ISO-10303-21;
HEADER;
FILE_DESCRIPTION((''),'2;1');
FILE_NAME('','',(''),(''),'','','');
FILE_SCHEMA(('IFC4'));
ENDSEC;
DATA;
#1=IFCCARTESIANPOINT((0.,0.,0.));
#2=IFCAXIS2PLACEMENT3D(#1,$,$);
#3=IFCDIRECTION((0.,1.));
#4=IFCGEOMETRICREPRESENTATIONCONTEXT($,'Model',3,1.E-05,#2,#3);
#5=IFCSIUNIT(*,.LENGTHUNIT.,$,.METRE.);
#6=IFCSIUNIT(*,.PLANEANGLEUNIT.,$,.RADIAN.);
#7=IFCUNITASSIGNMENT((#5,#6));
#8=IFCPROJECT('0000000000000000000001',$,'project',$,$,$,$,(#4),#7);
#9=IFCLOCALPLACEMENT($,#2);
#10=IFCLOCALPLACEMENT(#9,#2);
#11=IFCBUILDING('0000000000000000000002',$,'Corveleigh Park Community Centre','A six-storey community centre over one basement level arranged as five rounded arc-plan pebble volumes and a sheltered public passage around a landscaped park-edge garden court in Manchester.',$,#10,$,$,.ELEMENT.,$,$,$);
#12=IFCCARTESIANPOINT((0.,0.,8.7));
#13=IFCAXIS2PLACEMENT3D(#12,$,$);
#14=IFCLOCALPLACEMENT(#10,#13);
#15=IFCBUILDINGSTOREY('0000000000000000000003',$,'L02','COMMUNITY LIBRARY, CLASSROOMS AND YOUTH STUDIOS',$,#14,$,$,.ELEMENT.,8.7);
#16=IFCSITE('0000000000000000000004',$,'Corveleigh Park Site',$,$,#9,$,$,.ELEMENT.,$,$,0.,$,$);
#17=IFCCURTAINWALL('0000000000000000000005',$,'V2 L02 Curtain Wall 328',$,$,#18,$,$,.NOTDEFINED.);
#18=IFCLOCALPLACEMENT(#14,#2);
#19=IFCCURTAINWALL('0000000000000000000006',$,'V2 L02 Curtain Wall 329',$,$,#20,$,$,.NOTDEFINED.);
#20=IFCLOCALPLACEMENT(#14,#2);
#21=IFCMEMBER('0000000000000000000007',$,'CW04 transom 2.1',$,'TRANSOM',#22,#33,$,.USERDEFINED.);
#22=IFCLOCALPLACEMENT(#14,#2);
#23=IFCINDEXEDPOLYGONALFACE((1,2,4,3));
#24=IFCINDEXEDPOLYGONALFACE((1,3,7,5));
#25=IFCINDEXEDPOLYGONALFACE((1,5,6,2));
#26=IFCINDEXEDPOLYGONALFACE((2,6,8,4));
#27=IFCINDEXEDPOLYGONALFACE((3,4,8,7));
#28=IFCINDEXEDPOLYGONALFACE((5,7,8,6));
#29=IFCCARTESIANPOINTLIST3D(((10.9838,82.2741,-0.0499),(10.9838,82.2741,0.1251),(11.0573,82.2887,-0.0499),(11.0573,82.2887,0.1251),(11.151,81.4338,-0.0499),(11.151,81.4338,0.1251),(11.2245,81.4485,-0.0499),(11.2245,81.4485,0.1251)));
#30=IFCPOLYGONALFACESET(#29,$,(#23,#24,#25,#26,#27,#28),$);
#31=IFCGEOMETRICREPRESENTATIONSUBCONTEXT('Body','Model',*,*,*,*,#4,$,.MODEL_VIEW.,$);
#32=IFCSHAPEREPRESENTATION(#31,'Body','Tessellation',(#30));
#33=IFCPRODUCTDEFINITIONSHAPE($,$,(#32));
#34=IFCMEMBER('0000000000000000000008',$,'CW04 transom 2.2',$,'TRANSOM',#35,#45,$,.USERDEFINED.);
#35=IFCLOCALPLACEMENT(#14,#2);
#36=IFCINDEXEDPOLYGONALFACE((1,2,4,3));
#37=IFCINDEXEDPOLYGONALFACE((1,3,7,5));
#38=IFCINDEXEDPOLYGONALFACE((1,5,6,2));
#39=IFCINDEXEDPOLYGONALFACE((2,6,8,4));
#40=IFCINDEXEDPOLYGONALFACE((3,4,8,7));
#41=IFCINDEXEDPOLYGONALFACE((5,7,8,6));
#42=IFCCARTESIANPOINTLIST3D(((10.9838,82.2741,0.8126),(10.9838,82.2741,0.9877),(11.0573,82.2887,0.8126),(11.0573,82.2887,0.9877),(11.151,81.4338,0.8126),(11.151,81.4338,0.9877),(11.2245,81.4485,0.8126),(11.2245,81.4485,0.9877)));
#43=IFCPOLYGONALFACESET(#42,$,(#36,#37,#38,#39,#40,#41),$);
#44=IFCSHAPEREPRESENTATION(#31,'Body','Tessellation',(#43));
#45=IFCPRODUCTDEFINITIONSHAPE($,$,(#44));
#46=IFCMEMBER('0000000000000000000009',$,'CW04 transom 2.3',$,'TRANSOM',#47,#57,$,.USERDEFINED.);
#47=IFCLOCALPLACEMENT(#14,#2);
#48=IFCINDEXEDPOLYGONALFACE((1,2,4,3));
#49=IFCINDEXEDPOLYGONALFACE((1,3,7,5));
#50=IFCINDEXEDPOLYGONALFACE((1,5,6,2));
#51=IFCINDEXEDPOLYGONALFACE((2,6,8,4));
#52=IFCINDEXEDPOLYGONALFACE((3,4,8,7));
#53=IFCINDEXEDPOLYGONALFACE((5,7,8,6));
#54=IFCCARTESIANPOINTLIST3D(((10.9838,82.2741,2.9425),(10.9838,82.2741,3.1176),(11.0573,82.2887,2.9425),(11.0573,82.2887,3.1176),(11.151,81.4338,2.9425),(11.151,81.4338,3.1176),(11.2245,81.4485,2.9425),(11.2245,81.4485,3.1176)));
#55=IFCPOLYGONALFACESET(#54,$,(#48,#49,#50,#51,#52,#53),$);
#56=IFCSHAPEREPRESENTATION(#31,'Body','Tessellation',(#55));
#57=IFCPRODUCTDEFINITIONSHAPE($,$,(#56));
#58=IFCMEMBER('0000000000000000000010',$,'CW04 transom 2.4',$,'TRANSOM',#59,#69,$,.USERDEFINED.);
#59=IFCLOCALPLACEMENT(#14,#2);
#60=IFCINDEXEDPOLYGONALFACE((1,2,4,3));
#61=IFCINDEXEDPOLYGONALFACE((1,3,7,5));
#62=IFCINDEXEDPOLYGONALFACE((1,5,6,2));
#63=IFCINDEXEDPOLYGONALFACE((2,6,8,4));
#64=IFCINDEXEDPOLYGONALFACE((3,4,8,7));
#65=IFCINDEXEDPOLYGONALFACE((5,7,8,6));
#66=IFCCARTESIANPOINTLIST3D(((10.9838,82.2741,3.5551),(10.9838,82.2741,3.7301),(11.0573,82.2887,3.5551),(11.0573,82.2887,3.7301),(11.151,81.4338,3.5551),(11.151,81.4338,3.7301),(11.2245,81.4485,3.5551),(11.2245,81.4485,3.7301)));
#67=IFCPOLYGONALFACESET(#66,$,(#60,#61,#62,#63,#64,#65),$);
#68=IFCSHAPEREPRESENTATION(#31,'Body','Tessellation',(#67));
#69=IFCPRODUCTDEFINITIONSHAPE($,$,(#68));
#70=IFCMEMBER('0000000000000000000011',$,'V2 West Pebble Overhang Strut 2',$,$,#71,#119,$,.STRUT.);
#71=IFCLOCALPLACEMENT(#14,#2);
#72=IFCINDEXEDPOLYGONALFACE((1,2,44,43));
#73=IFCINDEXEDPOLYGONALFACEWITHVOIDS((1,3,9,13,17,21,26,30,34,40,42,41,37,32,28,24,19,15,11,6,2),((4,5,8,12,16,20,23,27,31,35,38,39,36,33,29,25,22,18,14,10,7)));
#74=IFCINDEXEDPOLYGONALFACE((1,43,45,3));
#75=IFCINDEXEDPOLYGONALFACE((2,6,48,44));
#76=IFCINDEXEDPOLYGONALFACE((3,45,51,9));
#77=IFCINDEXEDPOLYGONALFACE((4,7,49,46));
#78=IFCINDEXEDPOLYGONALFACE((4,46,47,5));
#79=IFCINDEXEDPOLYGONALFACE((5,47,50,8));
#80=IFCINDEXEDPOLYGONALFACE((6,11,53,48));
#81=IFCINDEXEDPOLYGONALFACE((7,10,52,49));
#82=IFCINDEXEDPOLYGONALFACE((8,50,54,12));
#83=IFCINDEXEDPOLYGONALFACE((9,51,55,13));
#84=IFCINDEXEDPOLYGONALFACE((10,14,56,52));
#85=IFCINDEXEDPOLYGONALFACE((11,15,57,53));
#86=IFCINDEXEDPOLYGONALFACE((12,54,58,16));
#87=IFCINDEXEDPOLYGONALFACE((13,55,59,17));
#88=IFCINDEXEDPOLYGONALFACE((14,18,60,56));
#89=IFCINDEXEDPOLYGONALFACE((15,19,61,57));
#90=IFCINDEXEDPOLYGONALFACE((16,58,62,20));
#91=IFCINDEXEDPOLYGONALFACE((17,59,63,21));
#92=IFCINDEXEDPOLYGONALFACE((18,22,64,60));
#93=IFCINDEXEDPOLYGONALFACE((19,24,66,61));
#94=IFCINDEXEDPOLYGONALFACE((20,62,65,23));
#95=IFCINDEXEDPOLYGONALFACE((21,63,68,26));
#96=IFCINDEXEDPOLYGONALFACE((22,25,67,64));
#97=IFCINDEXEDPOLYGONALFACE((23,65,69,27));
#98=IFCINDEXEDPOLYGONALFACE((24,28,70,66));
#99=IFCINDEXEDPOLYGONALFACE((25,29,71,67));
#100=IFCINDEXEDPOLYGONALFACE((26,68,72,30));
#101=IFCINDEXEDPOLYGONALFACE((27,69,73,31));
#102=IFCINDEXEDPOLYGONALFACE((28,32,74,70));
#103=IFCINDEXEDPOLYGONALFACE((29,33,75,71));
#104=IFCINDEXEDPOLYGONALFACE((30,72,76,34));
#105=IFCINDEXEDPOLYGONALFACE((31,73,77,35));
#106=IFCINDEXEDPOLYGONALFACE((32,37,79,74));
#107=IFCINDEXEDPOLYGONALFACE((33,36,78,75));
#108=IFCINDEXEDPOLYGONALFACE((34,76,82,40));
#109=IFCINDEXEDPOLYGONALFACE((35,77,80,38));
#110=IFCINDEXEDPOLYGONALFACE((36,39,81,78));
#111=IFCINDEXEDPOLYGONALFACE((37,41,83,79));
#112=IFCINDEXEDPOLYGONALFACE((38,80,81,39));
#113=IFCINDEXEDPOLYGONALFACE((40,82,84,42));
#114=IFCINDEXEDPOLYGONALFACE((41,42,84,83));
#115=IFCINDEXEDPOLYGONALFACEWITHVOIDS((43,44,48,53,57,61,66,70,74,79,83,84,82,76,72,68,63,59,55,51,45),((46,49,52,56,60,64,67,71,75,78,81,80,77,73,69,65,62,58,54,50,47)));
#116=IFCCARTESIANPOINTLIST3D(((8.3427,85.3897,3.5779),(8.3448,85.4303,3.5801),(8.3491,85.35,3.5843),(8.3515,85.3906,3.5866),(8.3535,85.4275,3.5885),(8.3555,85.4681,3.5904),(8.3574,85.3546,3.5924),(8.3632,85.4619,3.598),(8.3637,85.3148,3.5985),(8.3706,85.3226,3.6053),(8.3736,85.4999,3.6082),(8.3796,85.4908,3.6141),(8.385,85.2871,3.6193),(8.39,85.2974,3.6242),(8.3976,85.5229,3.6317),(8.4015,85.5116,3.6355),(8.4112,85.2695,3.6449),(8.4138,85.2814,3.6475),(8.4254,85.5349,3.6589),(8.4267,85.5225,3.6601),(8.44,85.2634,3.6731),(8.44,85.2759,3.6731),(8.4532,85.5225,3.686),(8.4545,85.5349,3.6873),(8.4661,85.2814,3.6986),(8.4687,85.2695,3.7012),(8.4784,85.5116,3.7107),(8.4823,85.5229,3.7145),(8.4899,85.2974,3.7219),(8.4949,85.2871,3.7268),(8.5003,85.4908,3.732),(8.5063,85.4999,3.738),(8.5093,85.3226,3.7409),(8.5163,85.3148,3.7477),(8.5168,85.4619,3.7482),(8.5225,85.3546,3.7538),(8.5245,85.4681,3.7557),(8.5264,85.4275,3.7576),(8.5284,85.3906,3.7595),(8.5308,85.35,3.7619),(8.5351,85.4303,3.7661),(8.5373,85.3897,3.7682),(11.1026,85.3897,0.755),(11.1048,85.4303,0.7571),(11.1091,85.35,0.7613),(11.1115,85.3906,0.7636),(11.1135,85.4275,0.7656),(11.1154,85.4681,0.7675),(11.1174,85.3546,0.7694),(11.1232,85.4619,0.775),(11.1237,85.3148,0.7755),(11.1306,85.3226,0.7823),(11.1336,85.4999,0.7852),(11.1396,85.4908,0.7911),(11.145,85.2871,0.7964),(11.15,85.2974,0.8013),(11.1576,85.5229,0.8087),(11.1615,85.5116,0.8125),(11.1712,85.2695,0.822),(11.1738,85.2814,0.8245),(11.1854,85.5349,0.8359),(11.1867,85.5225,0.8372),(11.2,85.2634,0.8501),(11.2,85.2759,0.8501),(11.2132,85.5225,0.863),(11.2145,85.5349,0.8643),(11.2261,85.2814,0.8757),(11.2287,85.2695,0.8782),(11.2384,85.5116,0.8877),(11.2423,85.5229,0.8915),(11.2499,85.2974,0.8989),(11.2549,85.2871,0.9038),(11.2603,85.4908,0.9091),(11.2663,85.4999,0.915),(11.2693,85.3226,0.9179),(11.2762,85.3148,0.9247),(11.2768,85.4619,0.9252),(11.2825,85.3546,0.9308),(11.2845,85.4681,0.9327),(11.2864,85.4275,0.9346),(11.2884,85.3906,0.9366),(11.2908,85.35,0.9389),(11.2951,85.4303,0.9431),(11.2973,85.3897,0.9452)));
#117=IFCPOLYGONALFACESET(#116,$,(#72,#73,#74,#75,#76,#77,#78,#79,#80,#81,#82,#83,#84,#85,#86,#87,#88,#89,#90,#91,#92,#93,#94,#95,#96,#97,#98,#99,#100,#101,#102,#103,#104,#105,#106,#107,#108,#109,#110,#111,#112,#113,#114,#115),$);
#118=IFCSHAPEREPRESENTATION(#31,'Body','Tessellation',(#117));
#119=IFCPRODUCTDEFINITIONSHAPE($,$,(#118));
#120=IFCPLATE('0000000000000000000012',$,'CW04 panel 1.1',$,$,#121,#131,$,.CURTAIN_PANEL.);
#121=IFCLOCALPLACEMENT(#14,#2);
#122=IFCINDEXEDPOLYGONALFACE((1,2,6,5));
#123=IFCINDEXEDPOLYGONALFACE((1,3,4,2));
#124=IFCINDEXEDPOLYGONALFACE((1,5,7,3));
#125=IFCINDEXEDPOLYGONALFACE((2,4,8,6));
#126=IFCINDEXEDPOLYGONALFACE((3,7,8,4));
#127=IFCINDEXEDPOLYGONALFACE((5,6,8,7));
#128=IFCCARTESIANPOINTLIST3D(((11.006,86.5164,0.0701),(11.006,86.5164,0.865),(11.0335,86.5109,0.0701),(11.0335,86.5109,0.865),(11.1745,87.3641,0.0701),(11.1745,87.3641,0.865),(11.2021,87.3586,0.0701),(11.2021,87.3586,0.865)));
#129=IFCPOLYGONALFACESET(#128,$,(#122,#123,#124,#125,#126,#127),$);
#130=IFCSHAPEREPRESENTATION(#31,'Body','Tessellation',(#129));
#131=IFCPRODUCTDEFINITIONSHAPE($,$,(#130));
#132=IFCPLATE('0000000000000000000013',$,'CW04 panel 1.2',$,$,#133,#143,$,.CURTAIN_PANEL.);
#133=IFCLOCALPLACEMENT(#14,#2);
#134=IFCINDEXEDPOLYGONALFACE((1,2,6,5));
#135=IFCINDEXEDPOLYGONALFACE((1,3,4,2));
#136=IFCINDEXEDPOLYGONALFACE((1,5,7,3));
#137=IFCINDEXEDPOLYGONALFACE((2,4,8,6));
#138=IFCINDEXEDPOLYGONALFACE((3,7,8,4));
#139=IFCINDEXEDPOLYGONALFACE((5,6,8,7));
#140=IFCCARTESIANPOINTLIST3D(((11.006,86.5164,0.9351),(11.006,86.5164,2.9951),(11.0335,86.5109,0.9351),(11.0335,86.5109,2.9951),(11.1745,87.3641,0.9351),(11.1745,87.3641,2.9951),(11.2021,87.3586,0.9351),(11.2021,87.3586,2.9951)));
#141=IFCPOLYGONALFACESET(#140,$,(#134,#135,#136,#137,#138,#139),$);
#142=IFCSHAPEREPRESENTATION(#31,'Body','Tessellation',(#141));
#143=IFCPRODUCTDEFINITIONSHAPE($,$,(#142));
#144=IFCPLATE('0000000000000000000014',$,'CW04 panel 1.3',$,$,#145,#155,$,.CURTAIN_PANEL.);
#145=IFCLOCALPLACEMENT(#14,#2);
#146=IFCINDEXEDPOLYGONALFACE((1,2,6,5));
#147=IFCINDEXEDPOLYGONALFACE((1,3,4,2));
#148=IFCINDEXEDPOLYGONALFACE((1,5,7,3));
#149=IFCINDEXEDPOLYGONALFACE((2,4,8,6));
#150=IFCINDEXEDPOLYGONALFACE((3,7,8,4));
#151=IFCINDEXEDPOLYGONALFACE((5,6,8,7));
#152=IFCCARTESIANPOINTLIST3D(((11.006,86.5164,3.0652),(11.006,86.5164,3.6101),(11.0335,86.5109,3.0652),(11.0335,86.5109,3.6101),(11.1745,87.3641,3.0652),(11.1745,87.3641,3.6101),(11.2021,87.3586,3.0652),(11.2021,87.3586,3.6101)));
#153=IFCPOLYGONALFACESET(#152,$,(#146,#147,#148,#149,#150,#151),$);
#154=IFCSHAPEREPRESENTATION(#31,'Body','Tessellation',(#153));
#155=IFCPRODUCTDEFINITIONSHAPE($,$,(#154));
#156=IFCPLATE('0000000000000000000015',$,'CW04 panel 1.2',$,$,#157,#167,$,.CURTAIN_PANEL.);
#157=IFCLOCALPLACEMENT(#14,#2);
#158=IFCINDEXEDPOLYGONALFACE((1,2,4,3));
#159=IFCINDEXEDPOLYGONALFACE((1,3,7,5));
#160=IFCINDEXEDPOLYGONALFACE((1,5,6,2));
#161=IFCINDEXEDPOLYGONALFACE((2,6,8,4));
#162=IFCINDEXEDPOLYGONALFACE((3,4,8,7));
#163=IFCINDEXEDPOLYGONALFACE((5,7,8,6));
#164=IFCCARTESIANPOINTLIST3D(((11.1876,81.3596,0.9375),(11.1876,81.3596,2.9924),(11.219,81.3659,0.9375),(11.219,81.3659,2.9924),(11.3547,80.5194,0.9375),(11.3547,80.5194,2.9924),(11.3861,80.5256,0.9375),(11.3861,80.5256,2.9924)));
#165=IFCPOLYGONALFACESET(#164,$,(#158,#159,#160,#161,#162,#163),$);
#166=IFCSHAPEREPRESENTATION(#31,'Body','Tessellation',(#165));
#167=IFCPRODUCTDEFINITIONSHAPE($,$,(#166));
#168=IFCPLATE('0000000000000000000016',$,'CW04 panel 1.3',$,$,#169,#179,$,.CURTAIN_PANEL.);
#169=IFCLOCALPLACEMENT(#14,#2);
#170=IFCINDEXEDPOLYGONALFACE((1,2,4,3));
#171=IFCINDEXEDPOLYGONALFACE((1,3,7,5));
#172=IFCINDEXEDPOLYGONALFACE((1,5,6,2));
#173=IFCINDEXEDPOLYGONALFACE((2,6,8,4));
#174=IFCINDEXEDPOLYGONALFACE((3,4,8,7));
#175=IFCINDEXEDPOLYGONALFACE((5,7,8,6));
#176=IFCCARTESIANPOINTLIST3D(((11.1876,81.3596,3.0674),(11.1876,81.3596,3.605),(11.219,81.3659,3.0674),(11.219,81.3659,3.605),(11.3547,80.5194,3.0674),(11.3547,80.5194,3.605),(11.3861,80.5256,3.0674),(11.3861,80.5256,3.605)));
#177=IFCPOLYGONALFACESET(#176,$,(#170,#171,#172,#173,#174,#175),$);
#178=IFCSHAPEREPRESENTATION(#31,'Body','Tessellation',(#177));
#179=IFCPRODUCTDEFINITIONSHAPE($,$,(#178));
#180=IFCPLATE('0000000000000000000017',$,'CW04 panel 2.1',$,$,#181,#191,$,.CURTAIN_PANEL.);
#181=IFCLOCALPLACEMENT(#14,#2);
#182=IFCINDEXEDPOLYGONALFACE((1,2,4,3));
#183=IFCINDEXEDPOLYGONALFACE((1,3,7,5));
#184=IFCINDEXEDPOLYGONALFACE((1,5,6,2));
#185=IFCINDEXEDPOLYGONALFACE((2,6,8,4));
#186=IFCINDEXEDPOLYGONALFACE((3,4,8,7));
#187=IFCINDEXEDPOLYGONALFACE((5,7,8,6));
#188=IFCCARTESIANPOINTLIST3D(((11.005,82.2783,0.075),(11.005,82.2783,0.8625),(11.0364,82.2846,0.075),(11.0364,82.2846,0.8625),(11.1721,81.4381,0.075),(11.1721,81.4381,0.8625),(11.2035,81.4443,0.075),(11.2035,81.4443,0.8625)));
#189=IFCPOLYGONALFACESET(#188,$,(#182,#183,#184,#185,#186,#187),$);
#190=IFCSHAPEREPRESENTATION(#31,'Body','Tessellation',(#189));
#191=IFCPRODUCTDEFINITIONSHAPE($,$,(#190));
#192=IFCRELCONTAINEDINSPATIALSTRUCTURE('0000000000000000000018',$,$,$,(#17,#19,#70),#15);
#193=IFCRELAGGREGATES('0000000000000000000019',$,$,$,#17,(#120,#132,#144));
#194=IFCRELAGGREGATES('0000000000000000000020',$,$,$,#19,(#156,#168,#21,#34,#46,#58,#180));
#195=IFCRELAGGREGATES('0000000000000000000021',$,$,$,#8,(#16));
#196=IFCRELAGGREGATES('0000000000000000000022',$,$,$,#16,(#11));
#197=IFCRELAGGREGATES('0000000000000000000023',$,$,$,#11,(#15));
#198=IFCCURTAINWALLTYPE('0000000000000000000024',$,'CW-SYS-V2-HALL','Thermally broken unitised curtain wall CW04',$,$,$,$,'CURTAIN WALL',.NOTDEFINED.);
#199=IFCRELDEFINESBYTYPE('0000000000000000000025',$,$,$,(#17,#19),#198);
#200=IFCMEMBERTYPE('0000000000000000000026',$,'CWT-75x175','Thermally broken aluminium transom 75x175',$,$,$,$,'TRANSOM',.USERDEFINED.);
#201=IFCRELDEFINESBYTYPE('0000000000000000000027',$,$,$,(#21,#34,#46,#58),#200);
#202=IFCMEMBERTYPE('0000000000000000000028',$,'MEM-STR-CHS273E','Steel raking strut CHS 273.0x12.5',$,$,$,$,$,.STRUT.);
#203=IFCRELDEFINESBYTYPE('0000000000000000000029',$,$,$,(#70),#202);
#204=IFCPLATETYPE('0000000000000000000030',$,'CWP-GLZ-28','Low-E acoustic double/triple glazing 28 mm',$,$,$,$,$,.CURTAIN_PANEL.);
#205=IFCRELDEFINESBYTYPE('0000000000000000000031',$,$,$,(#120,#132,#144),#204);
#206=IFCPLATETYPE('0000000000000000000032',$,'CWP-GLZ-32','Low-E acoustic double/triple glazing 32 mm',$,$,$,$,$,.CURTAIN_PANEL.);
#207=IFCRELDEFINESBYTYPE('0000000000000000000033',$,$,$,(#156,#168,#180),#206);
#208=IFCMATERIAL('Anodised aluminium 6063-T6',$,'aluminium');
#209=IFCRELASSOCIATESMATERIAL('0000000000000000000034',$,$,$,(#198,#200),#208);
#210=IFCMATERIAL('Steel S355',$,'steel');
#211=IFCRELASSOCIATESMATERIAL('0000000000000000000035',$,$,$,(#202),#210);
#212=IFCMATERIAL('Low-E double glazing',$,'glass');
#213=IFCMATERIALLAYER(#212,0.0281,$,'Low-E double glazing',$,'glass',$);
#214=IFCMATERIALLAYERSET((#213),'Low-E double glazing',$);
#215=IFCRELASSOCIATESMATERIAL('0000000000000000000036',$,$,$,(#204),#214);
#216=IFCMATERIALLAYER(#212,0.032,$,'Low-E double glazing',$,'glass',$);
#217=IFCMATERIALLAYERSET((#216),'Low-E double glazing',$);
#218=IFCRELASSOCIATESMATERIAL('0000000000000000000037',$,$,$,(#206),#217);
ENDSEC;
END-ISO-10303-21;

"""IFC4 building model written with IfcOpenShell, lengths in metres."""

from ifc_helpers import new_model, si_unit, direction, frame, origin, origin_2d, place, context, subcontext, project, spatial, rectangle, hollow_circle, extrude, material, layer, layer_set, material_profile, profile_set, type_object, element, aggregate, save


model = new_model("IFC4")

# Units and contexts
model_context = context("Model", 3, precision=1e-05, world=origin(), true_north=direction((0.0, 1.0)))
body_context = subcontext(model_context, "Body", "Model", "MODEL_VIEW")
ifc_project = project(units=[si_unit("LENGTHUNIT", "METRE"), si_unit("PLANEANGLEUNIT", "RADIAN")], contexts=[model_context])

# Site, building, storey
site_placement = place(None, origin())
site = spatial("IfcSite", under=ifc_project, at=site_placement, Name="Corveleigh Park Site", CompositionType="ELEMENT", RefElevation=0.0)
building_placement = place(site_placement, origin())
building = spatial("IfcBuilding", under=site, at=building_placement, Name="Corveleigh Park Community Centre", Description="A six-storey community centre over one basement level arranged as five rounded arc-plan pebble volumes and a sheltered public passage around a landscaped park-edge garden court in Manchester.", CompositionType="ELEMENT")
storey_placement = place(building_placement, frame((0.0, 0.0, 8.7)))
storey = spatial("IfcBuildingStorey", under=building, at=storey_placement, Name="L02", Description="COMMUNITY LIBRARY, CLASSROOMS AND YOUTH STUDIOS", CompositionType="ELEMENT", Elevation=8.7)

# Shared definitions
ifc_material_1 = material(Name="Steel S355", Category="steel")

# Curtain walls
ifc_material_2 = material(Name="Anodised aluminium 6063-T6", Category="aluminium")
curtain_wall_type = type_object("IfcCurtainWallType", Name="CW-SYS-V2-HALL", Description="Thermally broken unitised curtain wall CW04", ElementType="CURTAIN WALL", PredefinedType="NOTDEFINED", material=ifc_material_2)
curtain_wall_1_placement = place(storey_placement, origin())
curtain_wall_1 = element("IfcCurtainWall", 1, at=curtain_wall_1_placement, inside=storey, type_object=curtain_wall_type, Name="V2 L02 Curtain Wall 328", PredefinedType="NOTDEFINED")
curtain_wall_2_placement = place(storey_placement, origin())
curtain_wall_2 = element("IfcCurtainWall", 2, at=curtain_wall_2_placement, inside=storey, type_object=curtain_wall_type, Name="V2 L02 Curtain Wall 329", PredefinedType="NOTDEFINED")

# Members
ifc_material_profile_1 = material_profile(ifc_material_2, rectangle(XDim=0.075, YDim=0.175, at=origin_2d()), Name="ALU-T75x175", Category="aluminium")
ifc_profile_set_1 = profile_set([ifc_material_profile_1], Name="Anodised aluminium 6063-T6")
member_type_1 = type_object("IfcMemberType", Name="CWT-75x175", Description="Thermally broken aluminium transom 75x175", ElementType="TRANSOM", PredefinedType="USERDEFINED", material=ifc_profile_set_1)
member_1_placement = place(storey_placement, frame((11.1877, 81.4412, 0.0376), z_axis=(-0.195185, 0.980767, 0.0), x_axis=(-0.980767, -0.195185, 0.0)))
member_1 = element("IfcMember", 3, at=member_1_placement, type_object=member_type_1, Name="CW04 transom 2.1", ObjectType="TRANSOM", PredefinedType="USERDEFINED", context=body_context, shape_type="SweptSolid", body=[
    extrude(rectangle(XDim=0.075, YDim=0.175, at=origin_2d()), origin(), (0.0, 0.0, 1.0), 0.8567),
])
member_2_placement = place(storey_placement, frame((11.1877, 81.4412, 0.9001), z_axis=(-0.195185, 0.980767, 0.0), x_axis=(-0.980767, -0.195185, 0.0)))
member_2 = element("IfcMember", 4, at=member_2_placement, type_object=member_type_1, Name="CW04 transom 2.2", ObjectType="TRANSOM", PredefinedType="USERDEFINED", context=body_context, shape_type="SweptSolid", body=[
    extrude(rectangle(XDim=0.075, YDim=0.175, at=origin_2d()), origin(), (0.0, 0.0, 1.0), 0.8567),
])
member_3_placement = place(storey_placement, frame((11.1877, 81.4412, 3.03), z_axis=(-0.195185, 0.980767, 0.0), x_axis=(-0.980767, -0.195185, 0.0)))
member_3 = element("IfcMember", 5, at=member_3_placement, type_object=member_type_1, Name="CW04 transom 2.3", ObjectType="TRANSOM", PredefinedType="USERDEFINED", context=body_context, shape_type="SweptSolid", body=[
    extrude(rectangle(XDim=0.075, YDim=0.175, at=origin_2d()), origin(), (0.0, 0.0, 1.0), 0.8567),
])
member_4_placement = place(storey_placement, frame((11.1877, 81.4412, 3.6426), z_axis=(-0.195185, 0.980767, 0.0), x_axis=(-0.980767, -0.195185, 0.0)))
member_4 = element("IfcMember", 6, at=member_4_placement, type_object=member_type_1, Name="CW04 transom 2.4", ObjectType="TRANSOM", PredefinedType="USERDEFINED", context=body_context, shape_type="SweptSolid", body=[
    extrude(rectangle(XDim=0.075, YDim=0.175, at=origin_2d()), origin(), (0.0, 0.0, 1.0), 0.8567),
])
ifc_material_profile_2 = material_profile(ifc_material_1, hollow_circle(Radius=0.1365, WallThickness=0.0125, at=origin_2d()), Name="CHS 273.0x12.5", Category="steel")
ifc_profile_set_2 = profile_set([ifc_material_profile_2], Name="Steel S355")
member_type_2 = type_object("IfcMemberType", Name="MEM-STR-CHS273E", Description="Steel raking strut CHS 273.0x12.5", PredefinedType="STRUT", material=ifc_profile_set_2)
member_5_placement = place(storey_placement, frame((11.2, 85.3999, 0.8501), z_axis=(-0.699085, 0.0, 0.715039), x_axis=(0.0, -1.0, 0.0)))
element("IfcMember", 7, at=member_5_placement, inside=storey, type_object=member_type_2, Name="V2 West Pebble Overhang Strut 2", PredefinedType="STRUT", context=body_context, shape_type="SweptSolid", body=[
    extrude(hollow_circle(Radius=0.1365, WallThickness=0.0125, at=origin_2d()), origin(), (0.0, 0.0, 1.0), 3.948),
])

# Plates
ifc_material_3 = material(Name="Low-E double glazing", Category="glass")
ifc_layer_1 = layer(ifc_material_3, 0.0281, Name="Low-E double glazing", Category="glass")
ifc_layer_set_1 = layer_set([ifc_layer_1], Name="Low-E double glazing")
plate_type_1 = type_object("IfcPlateType", Name="CWP-GLZ-28", Description="Low-E acoustic double/triple glazing 28 mm", PredefinedType="CURTAIN_PANEL", material=ifc_layer_set_1)
plate_1_placement = place(storey_placement, frame((11.104, 86.9375, 0.0701), z_axis=(0.0, 0.0, 1.0), x_axis=(0.195033, 0.980797, 0.0)))
plate_1 = element("IfcPlate", 8, at=plate_1_placement, type_object=plate_type_1, Name="CW04 panel 1.1", PredefinedType="CURTAIN_PANEL", context=body_context, shape_type="SweptSolid", body=[
    extrude(rectangle(XDim=0.8643, YDim=0.0281, at=origin_2d()), origin(), (0.0, 0.0, 1.0), 0.7949),
])
plate_2_placement = place(storey_placement, frame((11.104, 86.9375, 0.9351), z_axis=(0.0, 0.0, 1.0), x_axis=(0.195033, 0.980797, 0.0)))
plate_2 = element("IfcPlate", 9, at=plate_2_placement, type_object=plate_type_1, Name="CW04 panel 1.2", PredefinedType="CURTAIN_PANEL", context=body_context, shape_type="SweptSolid", body=[
    extrude(rectangle(XDim=0.8643, YDim=0.0281, at=origin_2d()), origin(), (0.0, 0.0, 1.0), 2.0601),
])
plate_3_placement = place(storey_placement, frame((11.104, 86.9375, 3.0652), z_axis=(0.0, 0.0, 1.0), x_axis=(0.195033, 0.980797, 0.0)))
plate_3 = element("IfcPlate", 10, at=plate_3_placement, type_object=plate_type_1, Name="CW04 panel 1.3", PredefinedType="CURTAIN_PANEL", context=body_context, shape_type="SweptSolid", body=[
    extrude(rectangle(XDim=0.8643, YDim=0.0281, at=origin_2d()), origin(), (0.0, 0.0, 1.0), 0.5449),
])
aggregate(curtain_wall_1, [plate_1, plate_2, plate_3])
ifc_layer_2 = layer(ifc_material_3, 0.032, Name="Low-E double glazing", Category="glass")
ifc_layer_set_2 = layer_set([ifc_layer_2], Name="Low-E double glazing")
plate_type_2 = type_object("IfcPlateType", Name="CWP-GLZ-32", Description="Low-E acoustic double/triple glazing 32 mm", PredefinedType="CURTAIN_PANEL", material=ifc_layer_set_2)
plate_4_placement = place(storey_placement, frame((11.2869, 80.9426, 0.9375), z_axis=(0.0, 0.0, 1.0), x_axis=(-0.195033, 0.980797, 0.0)))
plate_4 = element("IfcPlate", 11, at=plate_4_placement, type_object=plate_type_2, Name="CW04 panel 1.2", PredefinedType="CURTAIN_PANEL", context=body_context, shape_type="SweptSolid", body=[
    extrude(rectangle(XDim=0.8567, YDim=0.032, at=origin_2d()), origin(), (0.0, 0.0, 1.0), 2.0549),
])
plate_5_placement = place(storey_placement, frame((11.2869, 80.9426, 3.0674), z_axis=(0.0, 0.0, 1.0), x_axis=(-0.195033, 0.980797, 0.0)))
plate_5 = element("IfcPlate", 12, at=plate_5_placement, type_object=plate_type_2, Name="CW04 panel 1.3", PredefinedType="CURTAIN_PANEL", context=body_context, shape_type="SweptSolid", body=[
    extrude(rectangle(XDim=0.8567, YDim=0.032, at=origin_2d()), origin(), (0.0, 0.0, 1.0), 0.5376),
])
plate_6_placement = place(storey_placement, frame((11.1042, 81.8613, 0.075), z_axis=(0.0, 0.0, 1.0), x_axis=(-0.195033, 0.980797, 0.0)))
plate_6 = element("IfcPlate", 13, at=plate_6_placement, type_object=plate_type_2, Name="CW04 panel 2.1", PredefinedType="CURTAIN_PANEL", context=body_context, shape_type="SweptSolid", body=[
    extrude(rectangle(XDim=0.8567, YDim=0.032, at=origin_2d()), origin(), (0.0, 0.0, 1.0), 0.7876),
])
aggregate(curtain_wall_2, [plate_4, plate_5, member_1, member_2, member_3, member_4, plate_6])

save(model, "model.ifc")
